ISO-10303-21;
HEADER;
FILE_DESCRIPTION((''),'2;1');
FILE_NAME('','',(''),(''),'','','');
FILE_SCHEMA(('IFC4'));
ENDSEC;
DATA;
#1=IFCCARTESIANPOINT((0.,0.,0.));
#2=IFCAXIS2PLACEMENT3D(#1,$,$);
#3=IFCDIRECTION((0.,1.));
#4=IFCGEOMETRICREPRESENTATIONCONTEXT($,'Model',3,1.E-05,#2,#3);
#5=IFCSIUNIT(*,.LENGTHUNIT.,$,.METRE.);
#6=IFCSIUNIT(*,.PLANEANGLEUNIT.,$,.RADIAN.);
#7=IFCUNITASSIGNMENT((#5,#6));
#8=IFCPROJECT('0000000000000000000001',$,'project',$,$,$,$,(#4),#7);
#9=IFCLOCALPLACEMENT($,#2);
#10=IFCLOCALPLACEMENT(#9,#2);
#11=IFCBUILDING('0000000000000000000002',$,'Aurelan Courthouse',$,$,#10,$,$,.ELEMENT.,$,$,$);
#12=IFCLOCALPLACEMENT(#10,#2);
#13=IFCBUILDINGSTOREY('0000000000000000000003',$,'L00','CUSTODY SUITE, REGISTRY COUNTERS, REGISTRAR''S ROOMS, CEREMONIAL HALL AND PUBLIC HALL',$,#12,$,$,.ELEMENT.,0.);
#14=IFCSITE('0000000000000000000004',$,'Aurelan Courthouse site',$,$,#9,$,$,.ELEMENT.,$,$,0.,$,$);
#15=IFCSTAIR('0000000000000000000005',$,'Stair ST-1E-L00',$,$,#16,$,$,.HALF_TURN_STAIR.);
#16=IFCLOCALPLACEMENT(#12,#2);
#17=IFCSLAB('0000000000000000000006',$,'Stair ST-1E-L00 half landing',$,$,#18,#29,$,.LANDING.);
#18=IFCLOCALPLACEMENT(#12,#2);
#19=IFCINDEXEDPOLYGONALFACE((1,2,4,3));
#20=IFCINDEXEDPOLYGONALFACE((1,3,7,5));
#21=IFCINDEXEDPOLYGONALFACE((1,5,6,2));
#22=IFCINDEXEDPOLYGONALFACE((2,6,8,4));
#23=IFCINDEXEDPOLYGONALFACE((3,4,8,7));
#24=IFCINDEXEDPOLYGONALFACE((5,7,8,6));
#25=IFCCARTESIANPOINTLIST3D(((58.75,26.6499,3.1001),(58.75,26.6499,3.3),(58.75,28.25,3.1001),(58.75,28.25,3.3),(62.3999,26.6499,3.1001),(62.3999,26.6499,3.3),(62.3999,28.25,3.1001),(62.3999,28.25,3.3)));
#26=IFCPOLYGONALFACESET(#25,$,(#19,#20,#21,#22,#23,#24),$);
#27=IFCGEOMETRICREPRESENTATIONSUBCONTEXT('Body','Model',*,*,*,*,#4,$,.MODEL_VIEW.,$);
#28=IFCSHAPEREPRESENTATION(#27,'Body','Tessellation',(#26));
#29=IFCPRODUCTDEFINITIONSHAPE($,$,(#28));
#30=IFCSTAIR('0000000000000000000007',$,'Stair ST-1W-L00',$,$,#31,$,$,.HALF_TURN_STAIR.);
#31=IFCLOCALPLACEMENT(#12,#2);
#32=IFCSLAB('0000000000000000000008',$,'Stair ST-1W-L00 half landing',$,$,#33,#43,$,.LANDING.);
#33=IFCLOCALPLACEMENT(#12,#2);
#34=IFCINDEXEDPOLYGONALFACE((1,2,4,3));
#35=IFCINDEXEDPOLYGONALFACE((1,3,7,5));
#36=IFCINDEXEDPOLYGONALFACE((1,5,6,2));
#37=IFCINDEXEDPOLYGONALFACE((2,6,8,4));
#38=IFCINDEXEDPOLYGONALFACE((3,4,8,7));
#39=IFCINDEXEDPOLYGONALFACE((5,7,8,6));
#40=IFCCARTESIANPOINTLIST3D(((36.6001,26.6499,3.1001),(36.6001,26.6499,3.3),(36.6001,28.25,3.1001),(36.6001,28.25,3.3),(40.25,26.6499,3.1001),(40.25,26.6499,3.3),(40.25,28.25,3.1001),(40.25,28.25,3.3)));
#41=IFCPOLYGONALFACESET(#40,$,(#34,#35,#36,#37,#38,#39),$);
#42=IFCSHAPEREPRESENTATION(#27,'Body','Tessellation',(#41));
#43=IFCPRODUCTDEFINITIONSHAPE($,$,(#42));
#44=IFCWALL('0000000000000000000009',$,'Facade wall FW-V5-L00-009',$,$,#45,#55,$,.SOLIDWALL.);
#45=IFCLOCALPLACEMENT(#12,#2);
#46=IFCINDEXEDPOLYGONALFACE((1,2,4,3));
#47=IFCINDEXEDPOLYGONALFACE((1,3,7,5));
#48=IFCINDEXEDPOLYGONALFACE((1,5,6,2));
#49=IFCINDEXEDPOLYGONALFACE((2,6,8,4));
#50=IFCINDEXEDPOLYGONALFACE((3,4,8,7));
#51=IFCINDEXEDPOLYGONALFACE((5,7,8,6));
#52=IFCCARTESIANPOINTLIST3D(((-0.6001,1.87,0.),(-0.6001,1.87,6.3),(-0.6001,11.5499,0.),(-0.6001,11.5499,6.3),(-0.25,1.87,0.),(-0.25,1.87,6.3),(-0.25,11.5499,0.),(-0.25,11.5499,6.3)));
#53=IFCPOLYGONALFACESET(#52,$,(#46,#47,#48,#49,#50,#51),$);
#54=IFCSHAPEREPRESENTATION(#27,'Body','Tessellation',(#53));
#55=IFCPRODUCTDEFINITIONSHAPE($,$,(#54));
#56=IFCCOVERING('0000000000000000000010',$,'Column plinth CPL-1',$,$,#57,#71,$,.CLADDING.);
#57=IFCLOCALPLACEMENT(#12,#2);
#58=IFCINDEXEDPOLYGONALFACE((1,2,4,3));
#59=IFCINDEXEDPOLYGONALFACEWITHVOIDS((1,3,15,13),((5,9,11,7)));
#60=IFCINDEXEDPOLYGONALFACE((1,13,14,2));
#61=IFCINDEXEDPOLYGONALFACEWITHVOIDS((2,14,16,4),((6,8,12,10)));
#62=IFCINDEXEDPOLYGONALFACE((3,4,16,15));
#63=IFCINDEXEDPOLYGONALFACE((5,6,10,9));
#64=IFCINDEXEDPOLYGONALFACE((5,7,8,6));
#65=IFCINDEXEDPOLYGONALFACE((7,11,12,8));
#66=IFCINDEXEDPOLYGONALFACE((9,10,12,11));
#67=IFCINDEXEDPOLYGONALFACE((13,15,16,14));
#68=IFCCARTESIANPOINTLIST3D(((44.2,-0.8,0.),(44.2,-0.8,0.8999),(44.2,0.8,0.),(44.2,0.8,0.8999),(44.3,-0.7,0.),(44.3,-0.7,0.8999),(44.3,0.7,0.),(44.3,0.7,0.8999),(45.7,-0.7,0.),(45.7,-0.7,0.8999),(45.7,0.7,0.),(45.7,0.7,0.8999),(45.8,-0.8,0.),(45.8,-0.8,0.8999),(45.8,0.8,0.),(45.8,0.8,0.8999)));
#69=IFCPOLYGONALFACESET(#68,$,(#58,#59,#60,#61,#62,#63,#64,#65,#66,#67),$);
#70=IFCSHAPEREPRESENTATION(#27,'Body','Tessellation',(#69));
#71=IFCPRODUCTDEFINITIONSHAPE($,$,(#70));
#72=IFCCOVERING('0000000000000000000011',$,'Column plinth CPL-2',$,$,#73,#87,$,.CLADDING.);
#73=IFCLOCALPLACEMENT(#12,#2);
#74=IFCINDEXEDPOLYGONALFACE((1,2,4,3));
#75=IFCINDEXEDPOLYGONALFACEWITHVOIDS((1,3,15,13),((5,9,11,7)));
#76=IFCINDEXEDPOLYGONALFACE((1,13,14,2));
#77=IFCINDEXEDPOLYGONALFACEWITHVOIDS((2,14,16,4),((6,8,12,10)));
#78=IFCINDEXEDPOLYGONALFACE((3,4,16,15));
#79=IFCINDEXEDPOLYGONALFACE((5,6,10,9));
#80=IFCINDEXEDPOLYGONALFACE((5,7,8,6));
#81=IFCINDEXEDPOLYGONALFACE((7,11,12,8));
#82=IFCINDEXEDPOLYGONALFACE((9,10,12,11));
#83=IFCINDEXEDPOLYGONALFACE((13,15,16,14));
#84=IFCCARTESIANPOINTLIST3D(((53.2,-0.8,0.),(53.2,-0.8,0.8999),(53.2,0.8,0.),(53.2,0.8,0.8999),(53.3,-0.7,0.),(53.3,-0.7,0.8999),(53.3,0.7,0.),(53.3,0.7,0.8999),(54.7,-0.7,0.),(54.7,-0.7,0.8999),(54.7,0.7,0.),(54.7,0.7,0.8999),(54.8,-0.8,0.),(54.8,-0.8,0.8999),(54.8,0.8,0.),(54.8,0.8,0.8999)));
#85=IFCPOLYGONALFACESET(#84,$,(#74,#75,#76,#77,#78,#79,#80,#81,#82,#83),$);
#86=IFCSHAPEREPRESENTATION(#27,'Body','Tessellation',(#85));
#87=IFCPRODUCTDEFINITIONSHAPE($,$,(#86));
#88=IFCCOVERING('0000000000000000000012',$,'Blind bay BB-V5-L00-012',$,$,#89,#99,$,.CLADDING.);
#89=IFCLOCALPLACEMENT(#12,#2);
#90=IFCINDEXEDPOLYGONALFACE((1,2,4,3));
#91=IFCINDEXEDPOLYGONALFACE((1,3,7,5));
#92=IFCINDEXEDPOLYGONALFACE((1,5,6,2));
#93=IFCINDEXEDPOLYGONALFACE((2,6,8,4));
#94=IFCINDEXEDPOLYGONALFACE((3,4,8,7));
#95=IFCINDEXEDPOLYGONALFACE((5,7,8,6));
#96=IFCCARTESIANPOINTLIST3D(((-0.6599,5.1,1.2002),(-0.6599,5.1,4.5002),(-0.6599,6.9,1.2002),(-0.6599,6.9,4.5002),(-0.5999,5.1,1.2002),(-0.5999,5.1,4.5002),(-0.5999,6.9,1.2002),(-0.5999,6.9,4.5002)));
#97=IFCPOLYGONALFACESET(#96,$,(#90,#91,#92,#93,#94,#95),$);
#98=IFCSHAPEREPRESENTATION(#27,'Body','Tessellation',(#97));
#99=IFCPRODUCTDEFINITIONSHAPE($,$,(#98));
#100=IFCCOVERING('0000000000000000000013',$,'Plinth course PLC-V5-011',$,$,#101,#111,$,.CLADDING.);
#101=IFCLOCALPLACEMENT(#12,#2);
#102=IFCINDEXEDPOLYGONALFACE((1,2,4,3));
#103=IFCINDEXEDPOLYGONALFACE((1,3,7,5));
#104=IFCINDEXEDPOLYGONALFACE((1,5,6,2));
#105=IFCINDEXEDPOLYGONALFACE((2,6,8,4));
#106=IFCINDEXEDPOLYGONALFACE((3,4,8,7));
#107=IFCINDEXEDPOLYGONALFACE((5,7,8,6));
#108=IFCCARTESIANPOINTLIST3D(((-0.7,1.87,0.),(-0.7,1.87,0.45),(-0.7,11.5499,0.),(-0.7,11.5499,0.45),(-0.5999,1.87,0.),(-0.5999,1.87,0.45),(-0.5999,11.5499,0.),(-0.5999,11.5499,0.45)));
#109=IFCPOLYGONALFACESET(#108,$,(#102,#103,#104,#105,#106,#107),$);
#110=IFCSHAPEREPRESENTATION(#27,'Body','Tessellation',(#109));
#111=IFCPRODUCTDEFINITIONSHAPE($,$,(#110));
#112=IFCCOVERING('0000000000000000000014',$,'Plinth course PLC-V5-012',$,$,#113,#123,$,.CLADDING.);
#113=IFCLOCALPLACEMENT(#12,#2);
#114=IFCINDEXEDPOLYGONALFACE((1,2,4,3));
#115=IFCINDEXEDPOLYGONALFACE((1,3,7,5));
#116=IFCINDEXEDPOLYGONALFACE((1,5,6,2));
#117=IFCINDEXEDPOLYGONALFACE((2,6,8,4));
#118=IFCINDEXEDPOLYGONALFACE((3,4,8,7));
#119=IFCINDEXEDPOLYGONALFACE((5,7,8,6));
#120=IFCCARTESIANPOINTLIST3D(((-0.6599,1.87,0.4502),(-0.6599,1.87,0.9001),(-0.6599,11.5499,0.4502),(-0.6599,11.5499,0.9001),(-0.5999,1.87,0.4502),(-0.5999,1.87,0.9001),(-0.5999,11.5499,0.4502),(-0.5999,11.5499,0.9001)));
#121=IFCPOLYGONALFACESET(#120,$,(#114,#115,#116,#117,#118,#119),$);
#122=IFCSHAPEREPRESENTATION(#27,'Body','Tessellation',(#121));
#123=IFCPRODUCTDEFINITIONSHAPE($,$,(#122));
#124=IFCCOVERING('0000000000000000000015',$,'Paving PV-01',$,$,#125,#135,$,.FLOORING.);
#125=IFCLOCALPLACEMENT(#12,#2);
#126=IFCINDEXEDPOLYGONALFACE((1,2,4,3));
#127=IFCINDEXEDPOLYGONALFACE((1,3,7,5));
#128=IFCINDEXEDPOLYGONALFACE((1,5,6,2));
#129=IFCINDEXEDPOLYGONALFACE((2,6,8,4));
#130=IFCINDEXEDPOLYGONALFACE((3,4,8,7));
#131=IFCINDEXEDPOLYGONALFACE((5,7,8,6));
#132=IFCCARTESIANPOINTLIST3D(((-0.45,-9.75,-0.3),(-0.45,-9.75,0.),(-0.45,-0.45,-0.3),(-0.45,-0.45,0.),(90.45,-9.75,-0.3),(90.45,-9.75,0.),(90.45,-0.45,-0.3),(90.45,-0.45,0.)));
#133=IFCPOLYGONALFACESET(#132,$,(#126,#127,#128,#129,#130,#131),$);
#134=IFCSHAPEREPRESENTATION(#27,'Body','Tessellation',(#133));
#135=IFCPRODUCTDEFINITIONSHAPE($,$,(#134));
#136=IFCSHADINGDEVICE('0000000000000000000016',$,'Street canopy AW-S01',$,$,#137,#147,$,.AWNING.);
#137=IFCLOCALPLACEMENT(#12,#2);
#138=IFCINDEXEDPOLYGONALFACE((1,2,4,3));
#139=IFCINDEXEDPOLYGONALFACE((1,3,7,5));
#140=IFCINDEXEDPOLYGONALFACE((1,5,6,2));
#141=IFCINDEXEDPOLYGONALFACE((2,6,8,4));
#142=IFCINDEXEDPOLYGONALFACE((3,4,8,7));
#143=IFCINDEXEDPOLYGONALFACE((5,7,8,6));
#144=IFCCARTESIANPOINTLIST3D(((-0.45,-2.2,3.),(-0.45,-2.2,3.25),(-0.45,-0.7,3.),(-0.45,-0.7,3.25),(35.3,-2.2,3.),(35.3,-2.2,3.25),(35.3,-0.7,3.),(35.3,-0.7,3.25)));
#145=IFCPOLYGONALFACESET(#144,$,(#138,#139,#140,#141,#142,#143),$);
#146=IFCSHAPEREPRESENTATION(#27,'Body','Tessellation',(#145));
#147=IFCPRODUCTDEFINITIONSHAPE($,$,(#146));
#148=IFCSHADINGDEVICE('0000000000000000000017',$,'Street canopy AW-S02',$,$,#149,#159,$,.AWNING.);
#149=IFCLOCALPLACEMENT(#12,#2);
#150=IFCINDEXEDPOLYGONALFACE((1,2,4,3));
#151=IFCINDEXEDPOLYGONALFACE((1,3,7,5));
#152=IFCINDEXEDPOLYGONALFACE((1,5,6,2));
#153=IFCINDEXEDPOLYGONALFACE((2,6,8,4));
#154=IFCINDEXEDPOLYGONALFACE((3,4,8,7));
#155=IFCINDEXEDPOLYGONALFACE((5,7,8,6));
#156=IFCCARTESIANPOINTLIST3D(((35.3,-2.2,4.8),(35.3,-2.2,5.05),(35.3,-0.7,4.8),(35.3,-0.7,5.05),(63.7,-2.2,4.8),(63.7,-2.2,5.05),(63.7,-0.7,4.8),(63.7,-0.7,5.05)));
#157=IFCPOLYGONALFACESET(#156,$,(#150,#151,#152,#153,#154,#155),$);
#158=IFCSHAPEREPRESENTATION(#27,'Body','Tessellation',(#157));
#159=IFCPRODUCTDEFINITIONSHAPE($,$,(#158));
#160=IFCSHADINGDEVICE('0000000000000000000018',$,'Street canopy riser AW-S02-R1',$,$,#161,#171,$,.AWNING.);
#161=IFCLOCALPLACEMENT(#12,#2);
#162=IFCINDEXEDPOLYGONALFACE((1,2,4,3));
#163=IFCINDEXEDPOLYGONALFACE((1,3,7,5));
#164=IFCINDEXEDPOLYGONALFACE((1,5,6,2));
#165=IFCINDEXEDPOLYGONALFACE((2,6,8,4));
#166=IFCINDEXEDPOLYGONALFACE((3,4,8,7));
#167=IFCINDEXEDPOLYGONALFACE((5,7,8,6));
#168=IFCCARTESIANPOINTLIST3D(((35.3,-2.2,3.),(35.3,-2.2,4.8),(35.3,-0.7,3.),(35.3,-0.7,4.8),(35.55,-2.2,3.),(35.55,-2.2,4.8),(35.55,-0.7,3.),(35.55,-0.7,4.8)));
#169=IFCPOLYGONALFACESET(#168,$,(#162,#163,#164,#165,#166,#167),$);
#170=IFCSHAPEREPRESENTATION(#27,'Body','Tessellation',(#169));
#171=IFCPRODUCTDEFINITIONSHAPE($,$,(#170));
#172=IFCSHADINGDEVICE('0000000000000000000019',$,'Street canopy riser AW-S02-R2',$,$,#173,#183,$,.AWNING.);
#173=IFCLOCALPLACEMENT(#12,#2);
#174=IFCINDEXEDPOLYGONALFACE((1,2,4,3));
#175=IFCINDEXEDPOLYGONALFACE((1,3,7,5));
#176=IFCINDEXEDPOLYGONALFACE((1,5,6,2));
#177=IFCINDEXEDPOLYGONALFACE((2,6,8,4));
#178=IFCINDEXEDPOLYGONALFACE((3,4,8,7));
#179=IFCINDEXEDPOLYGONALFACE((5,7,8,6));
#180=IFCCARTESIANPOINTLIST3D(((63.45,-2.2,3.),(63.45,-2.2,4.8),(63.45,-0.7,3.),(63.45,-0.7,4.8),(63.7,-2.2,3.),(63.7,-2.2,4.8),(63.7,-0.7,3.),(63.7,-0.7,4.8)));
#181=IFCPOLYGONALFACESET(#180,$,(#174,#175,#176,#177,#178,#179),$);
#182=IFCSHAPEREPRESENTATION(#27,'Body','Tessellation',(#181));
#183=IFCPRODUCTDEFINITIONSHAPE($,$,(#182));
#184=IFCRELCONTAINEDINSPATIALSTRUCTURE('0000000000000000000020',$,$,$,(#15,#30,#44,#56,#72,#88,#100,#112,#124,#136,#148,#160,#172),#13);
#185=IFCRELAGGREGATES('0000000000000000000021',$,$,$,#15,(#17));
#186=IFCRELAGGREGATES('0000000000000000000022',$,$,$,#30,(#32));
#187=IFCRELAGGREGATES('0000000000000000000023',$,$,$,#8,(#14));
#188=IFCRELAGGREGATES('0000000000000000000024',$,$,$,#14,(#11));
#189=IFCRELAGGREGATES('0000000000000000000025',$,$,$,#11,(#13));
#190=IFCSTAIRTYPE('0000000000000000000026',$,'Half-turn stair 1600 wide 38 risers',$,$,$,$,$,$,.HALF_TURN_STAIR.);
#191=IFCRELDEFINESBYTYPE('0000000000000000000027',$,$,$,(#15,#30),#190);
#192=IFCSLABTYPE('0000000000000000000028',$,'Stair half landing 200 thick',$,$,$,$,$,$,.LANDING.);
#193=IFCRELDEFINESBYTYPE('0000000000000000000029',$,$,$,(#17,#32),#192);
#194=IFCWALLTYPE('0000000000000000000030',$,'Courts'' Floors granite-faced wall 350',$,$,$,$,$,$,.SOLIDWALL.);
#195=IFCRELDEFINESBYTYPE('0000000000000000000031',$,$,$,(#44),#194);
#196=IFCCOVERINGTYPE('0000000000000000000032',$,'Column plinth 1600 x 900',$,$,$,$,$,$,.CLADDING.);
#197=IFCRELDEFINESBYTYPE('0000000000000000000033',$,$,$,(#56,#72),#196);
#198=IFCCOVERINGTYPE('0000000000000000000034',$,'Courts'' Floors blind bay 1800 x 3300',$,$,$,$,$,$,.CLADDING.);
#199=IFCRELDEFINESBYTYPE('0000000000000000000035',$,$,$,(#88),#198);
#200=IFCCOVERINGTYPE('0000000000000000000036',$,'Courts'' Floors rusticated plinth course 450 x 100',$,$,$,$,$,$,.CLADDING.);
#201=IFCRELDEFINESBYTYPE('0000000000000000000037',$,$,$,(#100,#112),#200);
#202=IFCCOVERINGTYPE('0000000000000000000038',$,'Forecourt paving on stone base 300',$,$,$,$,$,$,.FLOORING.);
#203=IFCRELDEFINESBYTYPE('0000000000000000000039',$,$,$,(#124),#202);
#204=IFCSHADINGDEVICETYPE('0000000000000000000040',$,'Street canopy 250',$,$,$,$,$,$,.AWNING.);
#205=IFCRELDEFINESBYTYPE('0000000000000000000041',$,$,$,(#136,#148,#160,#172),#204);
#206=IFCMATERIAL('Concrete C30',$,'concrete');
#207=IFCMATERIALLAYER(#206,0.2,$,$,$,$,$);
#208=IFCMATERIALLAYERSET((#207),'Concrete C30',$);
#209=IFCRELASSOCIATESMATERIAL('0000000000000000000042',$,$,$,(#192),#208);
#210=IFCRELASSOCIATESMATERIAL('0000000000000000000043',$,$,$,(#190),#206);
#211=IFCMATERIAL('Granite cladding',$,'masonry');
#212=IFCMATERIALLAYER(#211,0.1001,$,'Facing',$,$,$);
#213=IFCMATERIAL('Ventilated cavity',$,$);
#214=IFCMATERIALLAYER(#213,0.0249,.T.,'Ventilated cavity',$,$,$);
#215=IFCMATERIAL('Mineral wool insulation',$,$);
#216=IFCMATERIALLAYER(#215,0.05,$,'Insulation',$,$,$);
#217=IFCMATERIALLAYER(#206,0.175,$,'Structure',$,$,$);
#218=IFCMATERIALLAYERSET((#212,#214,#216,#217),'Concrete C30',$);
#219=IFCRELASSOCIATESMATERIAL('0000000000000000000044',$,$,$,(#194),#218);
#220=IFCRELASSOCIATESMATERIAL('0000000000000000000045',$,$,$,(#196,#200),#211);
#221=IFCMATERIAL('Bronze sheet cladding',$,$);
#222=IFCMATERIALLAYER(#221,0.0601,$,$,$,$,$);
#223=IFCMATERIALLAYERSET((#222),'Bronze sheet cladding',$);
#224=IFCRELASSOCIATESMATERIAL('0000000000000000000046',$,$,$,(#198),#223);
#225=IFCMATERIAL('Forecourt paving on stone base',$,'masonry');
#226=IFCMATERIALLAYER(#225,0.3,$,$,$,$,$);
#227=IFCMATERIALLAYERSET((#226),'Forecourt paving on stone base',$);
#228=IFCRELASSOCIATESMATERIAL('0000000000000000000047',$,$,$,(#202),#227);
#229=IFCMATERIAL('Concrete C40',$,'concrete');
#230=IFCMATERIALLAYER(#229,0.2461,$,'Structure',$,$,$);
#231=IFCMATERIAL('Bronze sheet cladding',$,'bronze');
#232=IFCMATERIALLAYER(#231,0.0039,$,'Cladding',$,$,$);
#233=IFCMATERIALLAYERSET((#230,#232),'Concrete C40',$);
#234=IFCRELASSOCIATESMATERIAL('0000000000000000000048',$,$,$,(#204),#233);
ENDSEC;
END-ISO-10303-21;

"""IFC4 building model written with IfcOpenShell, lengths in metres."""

from ifc_helpers import new_model, si_unit, direction, frame, frame_2d, origin, origin_2d, place, context, subcontext, project, spatial, polyline, rectangle, outline, extrude, material, layer, layer_set, type_object, element, aggregate, save


model = new_model("IFC4")

# Units and contexts
model_context = context("Model", 3, precision=1e-05, world=origin(), true_north=direction((0.0, 1.0)))
body_context = subcontext(model_context, "Body", "Model", "MODEL_VIEW")
ifc_project = project(units=[si_unit("LENGTHUNIT", "METRE"), si_unit("PLANEANGLEUNIT", "RADIAN")], contexts=[model_context])

# Site, building, storey
site_placement = place(None, origin())
site = spatial("IfcSite", under=ifc_project, at=site_placement, Name="Aurelan Courthouse site", CompositionType="ELEMENT", RefElevation=0.0)
building_placement = place(site_placement, origin())
building = spatial("IfcBuilding", under=site, at=building_placement, Name="Aurelan Courthouse", CompositionType="ELEMENT")
storey_placement = place(building_placement, origin())
storey = spatial("IfcBuildingStorey", under=building, at=storey_placement, Name="L00", Description="CUSTODY SUITE, REGISTRY COUNTERS, REGISTRAR'S ROOMS, CEREMONIAL HALL AND PUBLIC HALL", CompositionType="ELEMENT", Elevation=0.0)

# Shared definitions
ifc_material_1 = material(Name="Concrete C40", Category="concrete")
ifc_material_2 = material(Name="Concrete C30", Category="concrete")

# Stairs, slabs
ifc_layer_1 = layer(ifc_material_2, 0.2)
ifc_layer_set_1 = layer_set([ifc_layer_1], Name="Concrete C30")
slab_type_1 = type_object("IfcSlabType", Name="Stair half landing 200 thick", PredefinedType="LANDING", material=ifc_layer_set_1)
stair_type_1 = type_object("IfcStairType", Name="Half-turn stair 1600 wide 38 risers", PredefinedType="HALF_TURN_STAIR", material=ifc_material_2)
stair_1_placement = place(storey_placement, origin())
stair_1 = element("IfcStair", 1, at=stair_1_placement, inside=storey, type_object=stair_type_1, Name="Stair ST-1E-L00", PredefinedType="HALF_TURN_STAIR")
slab_1_placement = place(storey_placement, frame((0.0, 0.0, 3.1001)))
slab_1 = element("IfcSlab", 2, at=slab_1_placement, type_object=slab_type_1, Name="Stair ST-1E-L00 half landing", PredefinedType="LANDING", context=body_context, shape_type="SweptSolid", body=[
    extrude(outline(polyline([(58.75, 28.25), (62.3999, 28.25), (62.3999, 26.6499), (58.75, 26.6499), (58.75, 28.25)])), origin(), (0.0, 0.0, 1.0), 0.2),
])
aggregate(stair_1, [slab_1])
stair_2_placement = place(storey_placement, origin())
stair_2 = element("IfcStair", 3, at=stair_2_placement, inside=storey, type_object=stair_type_1, Name="Stair ST-1W-L00", PredefinedType="HALF_TURN_STAIR")
slab_2_placement = place(storey_placement, frame((0.0, 0.0, 3.1001)))
slab_2 = element("IfcSlab", 4, at=slab_2_placement, type_object=slab_type_1, Name="Stair ST-1W-L00 half landing", PredefinedType="LANDING", context=body_context, shape_type="SweptSolid", body=[
    extrude(outline(polyline([(36.6001, 28.25), (40.25, 28.25), (40.25, 26.6499), (36.6001, 26.6499), (36.6001, 28.25)])), origin(), (0.0, 0.0, 1.0), 0.2),
])
aggregate(stair_2, [slab_2])

# Wall
ifc_material_3 = material(Name="Granite cladding", Category="masonry")
ifc_layer_2 = layer(ifc_material_3, 0.1001, Name="Facing")
ifc_material_4 = material(Name="Ventilated cavity")
ifc_layer_3 = layer(ifc_material_4, 0.0249, ventilated=True, Name="Ventilated cavity")
ifc_material_5 = material(Name="Mineral wool insulation")
ifc_layer_4 = layer(ifc_material_5, 0.05, Name="Insulation")
ifc_layer_5 = layer(ifc_material_2, 0.175, Name="Structure")
ifc_layer_set_2 = layer_set([ifc_layer_2, ifc_layer_3, ifc_layer_4, ifc_layer_5], Name="Concrete C30")
wall_type = type_object("IfcWallType", Name="Courts' Floors granite-faced wall 350", PredefinedType="SOLIDWALL", material=ifc_layer_set_2)
wall_placement = place(storey_placement, frame((-0.425, 1.8701, 0.0), z_axis=(0.0, 0.0, 1.0), x_axis=(0.0, 1.0, 0.0)))
element("IfcWall", 5, at=wall_placement, inside=storey, type_object=wall_type, Name="Facade wall FW-V5-L00-009", PredefinedType="SOLIDWALL", context=body_context, shape_type="SweptSolid", body=[
    extrude(rectangle(XDim=9.6799, YDim=0.3501, at=frame_2d((4.8398, 0.0))), origin(), (0.0, 0.0, 1.0), 6.3),
])

# Coverings
covering_type_1 = type_object("IfcCoveringType", Name="Column plinth 1600 x 900", PredefinedType="CLADDING", material=ifc_material_3)
covering_1_placement = place(storey_placement, origin())
element("IfcCovering", 6, at=covering_1_placement, inside=storey, type_object=covering_type_1, Name="Column plinth CPL-1", PredefinedType="CLADDING", context=body_context, shape_type="SweptSolid", body=[
    extrude(outline(polyline([(44.2, -0.8), (45.8, -0.8), (45.8, 0.8), (44.2, 0.8), (44.2, -0.8)]), holes=[polyline([(44.3, -0.7), (45.7, -0.7), (45.7, 0.7), (44.3, 0.7), (44.3, -0.7)])]), origin(), (0.0, 0.0, 1.0), 0.8999),
])
covering_2_placement = place(storey_placement, origin())
element("IfcCovering", 7, at=covering_2_placement, inside=storey, type_object=covering_type_1, Name="Column plinth CPL-2", PredefinedType="CLADDING", context=body_context, shape_type="SweptSolid", body=[
    extrude(outline(polyline([(53.2, -0.8), (54.8, -0.8), (54.8, 0.8), (53.2, 0.8), (53.2, -0.8)]), holes=[polyline([(53.3, -0.7), (54.7, -0.7), (54.7, 0.7), (53.3, 0.7), (53.3, -0.7)])]), origin(), (0.0, 0.0, 1.0), 0.8999),
])
ifc_material_6 = material(Name="Bronze sheet cladding")
ifc_layer_6 = layer(ifc_material_6, 0.0601)
ifc_layer_set_3 = layer_set([ifc_layer_6], Name="Bronze sheet cladding")
covering_type_2 = type_object("IfcCoveringType", Name="Courts' Floors blind bay 1800 x 3300", PredefinedType="CLADDING", material=ifc_layer_set_3)
covering_3_placement = place(storey_placement, frame((-0.6299, 6.0, 1.2002), z_axis=(0.0, 0.0, 1.0), x_axis=(1.0, 0.0, 0.0)))
element("IfcCovering", 8, at=covering_3_placement, inside=storey, type_object=covering_type_2, Name="Blind bay BB-V5-L00-012", PredefinedType="CLADDING", context=body_context, shape_type="SweptSolid", body=[
    extrude(rectangle(XDim=0.0601, YDim=1.8, at=origin_2d()), origin(), (0.0, 0.0, 1.0), 3.3),
])
covering_type_3 = type_object("IfcCoveringType", Name="Courts' Floors rusticated plinth course 450 x 100", PredefinedType="CLADDING", material=ifc_material_3)
covering_4_placement = place(storey_placement, frame((-0.6499, 6.71, 0.0), z_axis=(0.0, 0.0, 1.0), x_axis=(1.0, 0.0, 0.0)))
element("IfcCovering", 9, at=covering_4_placement, inside=storey, type_object=covering_type_3, Name="Plinth course PLC-V5-011", PredefinedType="CLADDING", context=body_context, shape_type="SweptSolid", body=[
    extrude(rectangle(XDim=0.1001, YDim=9.6799, at=origin_2d()), origin(), (0.0, 0.0, 1.0), 0.45),
])
covering_5_placement = place(storey_placement, frame((-0.6299, 6.71, 0.4502), z_axis=(0.0, 0.0, 1.0), x_axis=(1.0, 0.0, 0.0)))
element("IfcCovering", 10, at=covering_5_placement, inside=storey, type_object=covering_type_3, Name="Plinth course PLC-V5-012", PredefinedType="CLADDING", context=body_context, shape_type="SweptSolid", body=[
    extrude(rectangle(XDim=0.0601, YDim=9.6799, at=origin_2d()), origin(), (0.0, 0.0, 1.0), 0.45),
])
ifc_material_7 = material(Name="Forecourt paving on stone base", Category="masonry")
ifc_layer_7 = layer(ifc_material_7, 0.3)
ifc_layer_set_4 = layer_set([ifc_layer_7], Name="Forecourt paving on stone base")
covering_type_4 = type_object("IfcCoveringType", Name="Forecourt paving on stone base 300", PredefinedType="FLOORING", material=ifc_layer_set_4)
covering_6_placement = place(storey_placement, frame((0.0, 0.0, -0.3)))
element("IfcCovering", 11, at=covering_6_placement, inside=storey, type_object=covering_type_4, Name="Paving PV-01", PredefinedType="FLOORING", context=body_context, shape_type="SweptSolid", body=[
    extrude(outline(polyline([(90.45, -9.75), (90.45, -0.45), (-0.45, -0.45), (-0.45, -9.75), (90.45, -9.75)])), origin(), (0.0, 0.0, 1.0), 0.3),
])

# Shading devices
ifc_layer_8 = layer(ifc_material_1, 0.2461, Name="Structure")
ifc_material_8 = material(Name="Bronze sheet cladding", Category="bronze")
ifc_layer_9 = layer(ifc_material_8, 0.0039, Name="Cladding")
ifc_layer_set_5 = layer_set([ifc_layer_8, ifc_layer_9], Name="Concrete C40")
shading_device_type = type_object("IfcShadingDeviceType", Name="Street canopy 250", PredefinedType="AWNING", material=ifc_layer_set_5)
shading_device_1_placement = place(storey_placement, frame((0.0, 0.0, 3.0)))
element("IfcShadingDevice", 12, at=shading_device_1_placement, inside=storey, type_object=shading_device_type, Name="Street canopy AW-S01", PredefinedType="AWNING", context=body_context, shape_type="SweptSolid", body=[
    extrude(outline(polyline([(-0.45, -0.7), (35.3, -0.7), (35.3, -2.2), (-0.45, -2.2), (-0.45, -0.7)])), origin(), (0.0, 0.0, 1.0), 0.25),
])
shading_device_2_placement = place(storey_placement, frame((0.0, 0.0, 4.8)))
element("IfcShadingDevice", 13, at=shading_device_2_placement, inside=storey, type_object=shading_device_type, Name="Street canopy AW-S02", PredefinedType="AWNING", context=body_context, shape_type="SweptSolid", body=[
    extrude(outline(polyline([(35.3, -0.7), (63.7, -0.7), (63.7, -2.2), (35.3, -2.2), (35.3, -0.7)])), origin(), (0.0, 0.0, 1.0), 0.25),
])
shading_device_3_placement = place(storey_placement, frame((0.0, 0.0, 3.0)))
element("IfcShadingDevice", 14, at=shading_device_3_placement, inside=storey, type_object=shading_device_type, Name="Street canopy riser AW-S02-R1", PredefinedType="AWNING", context=body_context, shape_type="SweptSolid", body=[
    extrude(outline(polyline([(35.3, -0.7), (35.55, -0.7), (35.55, -2.2), (35.3, -2.2), (35.3, -0.7)])), origin(), (0.0, 0.0, 1.0), 1.8),
])
shading_device_4_placement = place(storey_placement, frame((0.0, 0.0, 3.0)))
element("IfcShadingDevice", 15, at=shading_device_4_placement, inside=storey, type_object=shading_device_type, Name="Street canopy riser AW-S02-R2", PredefinedType="AWNING", context=body_context, shape_type="SweptSolid", body=[
    extrude(outline(polyline([(63.45, -0.7), (63.7, -0.7), (63.7, -2.2), (63.45, -2.2), (63.45, -0.7)])), origin(), (0.0, 0.0, 1.0), 1.8),
])

save(model, "model.ifc")
